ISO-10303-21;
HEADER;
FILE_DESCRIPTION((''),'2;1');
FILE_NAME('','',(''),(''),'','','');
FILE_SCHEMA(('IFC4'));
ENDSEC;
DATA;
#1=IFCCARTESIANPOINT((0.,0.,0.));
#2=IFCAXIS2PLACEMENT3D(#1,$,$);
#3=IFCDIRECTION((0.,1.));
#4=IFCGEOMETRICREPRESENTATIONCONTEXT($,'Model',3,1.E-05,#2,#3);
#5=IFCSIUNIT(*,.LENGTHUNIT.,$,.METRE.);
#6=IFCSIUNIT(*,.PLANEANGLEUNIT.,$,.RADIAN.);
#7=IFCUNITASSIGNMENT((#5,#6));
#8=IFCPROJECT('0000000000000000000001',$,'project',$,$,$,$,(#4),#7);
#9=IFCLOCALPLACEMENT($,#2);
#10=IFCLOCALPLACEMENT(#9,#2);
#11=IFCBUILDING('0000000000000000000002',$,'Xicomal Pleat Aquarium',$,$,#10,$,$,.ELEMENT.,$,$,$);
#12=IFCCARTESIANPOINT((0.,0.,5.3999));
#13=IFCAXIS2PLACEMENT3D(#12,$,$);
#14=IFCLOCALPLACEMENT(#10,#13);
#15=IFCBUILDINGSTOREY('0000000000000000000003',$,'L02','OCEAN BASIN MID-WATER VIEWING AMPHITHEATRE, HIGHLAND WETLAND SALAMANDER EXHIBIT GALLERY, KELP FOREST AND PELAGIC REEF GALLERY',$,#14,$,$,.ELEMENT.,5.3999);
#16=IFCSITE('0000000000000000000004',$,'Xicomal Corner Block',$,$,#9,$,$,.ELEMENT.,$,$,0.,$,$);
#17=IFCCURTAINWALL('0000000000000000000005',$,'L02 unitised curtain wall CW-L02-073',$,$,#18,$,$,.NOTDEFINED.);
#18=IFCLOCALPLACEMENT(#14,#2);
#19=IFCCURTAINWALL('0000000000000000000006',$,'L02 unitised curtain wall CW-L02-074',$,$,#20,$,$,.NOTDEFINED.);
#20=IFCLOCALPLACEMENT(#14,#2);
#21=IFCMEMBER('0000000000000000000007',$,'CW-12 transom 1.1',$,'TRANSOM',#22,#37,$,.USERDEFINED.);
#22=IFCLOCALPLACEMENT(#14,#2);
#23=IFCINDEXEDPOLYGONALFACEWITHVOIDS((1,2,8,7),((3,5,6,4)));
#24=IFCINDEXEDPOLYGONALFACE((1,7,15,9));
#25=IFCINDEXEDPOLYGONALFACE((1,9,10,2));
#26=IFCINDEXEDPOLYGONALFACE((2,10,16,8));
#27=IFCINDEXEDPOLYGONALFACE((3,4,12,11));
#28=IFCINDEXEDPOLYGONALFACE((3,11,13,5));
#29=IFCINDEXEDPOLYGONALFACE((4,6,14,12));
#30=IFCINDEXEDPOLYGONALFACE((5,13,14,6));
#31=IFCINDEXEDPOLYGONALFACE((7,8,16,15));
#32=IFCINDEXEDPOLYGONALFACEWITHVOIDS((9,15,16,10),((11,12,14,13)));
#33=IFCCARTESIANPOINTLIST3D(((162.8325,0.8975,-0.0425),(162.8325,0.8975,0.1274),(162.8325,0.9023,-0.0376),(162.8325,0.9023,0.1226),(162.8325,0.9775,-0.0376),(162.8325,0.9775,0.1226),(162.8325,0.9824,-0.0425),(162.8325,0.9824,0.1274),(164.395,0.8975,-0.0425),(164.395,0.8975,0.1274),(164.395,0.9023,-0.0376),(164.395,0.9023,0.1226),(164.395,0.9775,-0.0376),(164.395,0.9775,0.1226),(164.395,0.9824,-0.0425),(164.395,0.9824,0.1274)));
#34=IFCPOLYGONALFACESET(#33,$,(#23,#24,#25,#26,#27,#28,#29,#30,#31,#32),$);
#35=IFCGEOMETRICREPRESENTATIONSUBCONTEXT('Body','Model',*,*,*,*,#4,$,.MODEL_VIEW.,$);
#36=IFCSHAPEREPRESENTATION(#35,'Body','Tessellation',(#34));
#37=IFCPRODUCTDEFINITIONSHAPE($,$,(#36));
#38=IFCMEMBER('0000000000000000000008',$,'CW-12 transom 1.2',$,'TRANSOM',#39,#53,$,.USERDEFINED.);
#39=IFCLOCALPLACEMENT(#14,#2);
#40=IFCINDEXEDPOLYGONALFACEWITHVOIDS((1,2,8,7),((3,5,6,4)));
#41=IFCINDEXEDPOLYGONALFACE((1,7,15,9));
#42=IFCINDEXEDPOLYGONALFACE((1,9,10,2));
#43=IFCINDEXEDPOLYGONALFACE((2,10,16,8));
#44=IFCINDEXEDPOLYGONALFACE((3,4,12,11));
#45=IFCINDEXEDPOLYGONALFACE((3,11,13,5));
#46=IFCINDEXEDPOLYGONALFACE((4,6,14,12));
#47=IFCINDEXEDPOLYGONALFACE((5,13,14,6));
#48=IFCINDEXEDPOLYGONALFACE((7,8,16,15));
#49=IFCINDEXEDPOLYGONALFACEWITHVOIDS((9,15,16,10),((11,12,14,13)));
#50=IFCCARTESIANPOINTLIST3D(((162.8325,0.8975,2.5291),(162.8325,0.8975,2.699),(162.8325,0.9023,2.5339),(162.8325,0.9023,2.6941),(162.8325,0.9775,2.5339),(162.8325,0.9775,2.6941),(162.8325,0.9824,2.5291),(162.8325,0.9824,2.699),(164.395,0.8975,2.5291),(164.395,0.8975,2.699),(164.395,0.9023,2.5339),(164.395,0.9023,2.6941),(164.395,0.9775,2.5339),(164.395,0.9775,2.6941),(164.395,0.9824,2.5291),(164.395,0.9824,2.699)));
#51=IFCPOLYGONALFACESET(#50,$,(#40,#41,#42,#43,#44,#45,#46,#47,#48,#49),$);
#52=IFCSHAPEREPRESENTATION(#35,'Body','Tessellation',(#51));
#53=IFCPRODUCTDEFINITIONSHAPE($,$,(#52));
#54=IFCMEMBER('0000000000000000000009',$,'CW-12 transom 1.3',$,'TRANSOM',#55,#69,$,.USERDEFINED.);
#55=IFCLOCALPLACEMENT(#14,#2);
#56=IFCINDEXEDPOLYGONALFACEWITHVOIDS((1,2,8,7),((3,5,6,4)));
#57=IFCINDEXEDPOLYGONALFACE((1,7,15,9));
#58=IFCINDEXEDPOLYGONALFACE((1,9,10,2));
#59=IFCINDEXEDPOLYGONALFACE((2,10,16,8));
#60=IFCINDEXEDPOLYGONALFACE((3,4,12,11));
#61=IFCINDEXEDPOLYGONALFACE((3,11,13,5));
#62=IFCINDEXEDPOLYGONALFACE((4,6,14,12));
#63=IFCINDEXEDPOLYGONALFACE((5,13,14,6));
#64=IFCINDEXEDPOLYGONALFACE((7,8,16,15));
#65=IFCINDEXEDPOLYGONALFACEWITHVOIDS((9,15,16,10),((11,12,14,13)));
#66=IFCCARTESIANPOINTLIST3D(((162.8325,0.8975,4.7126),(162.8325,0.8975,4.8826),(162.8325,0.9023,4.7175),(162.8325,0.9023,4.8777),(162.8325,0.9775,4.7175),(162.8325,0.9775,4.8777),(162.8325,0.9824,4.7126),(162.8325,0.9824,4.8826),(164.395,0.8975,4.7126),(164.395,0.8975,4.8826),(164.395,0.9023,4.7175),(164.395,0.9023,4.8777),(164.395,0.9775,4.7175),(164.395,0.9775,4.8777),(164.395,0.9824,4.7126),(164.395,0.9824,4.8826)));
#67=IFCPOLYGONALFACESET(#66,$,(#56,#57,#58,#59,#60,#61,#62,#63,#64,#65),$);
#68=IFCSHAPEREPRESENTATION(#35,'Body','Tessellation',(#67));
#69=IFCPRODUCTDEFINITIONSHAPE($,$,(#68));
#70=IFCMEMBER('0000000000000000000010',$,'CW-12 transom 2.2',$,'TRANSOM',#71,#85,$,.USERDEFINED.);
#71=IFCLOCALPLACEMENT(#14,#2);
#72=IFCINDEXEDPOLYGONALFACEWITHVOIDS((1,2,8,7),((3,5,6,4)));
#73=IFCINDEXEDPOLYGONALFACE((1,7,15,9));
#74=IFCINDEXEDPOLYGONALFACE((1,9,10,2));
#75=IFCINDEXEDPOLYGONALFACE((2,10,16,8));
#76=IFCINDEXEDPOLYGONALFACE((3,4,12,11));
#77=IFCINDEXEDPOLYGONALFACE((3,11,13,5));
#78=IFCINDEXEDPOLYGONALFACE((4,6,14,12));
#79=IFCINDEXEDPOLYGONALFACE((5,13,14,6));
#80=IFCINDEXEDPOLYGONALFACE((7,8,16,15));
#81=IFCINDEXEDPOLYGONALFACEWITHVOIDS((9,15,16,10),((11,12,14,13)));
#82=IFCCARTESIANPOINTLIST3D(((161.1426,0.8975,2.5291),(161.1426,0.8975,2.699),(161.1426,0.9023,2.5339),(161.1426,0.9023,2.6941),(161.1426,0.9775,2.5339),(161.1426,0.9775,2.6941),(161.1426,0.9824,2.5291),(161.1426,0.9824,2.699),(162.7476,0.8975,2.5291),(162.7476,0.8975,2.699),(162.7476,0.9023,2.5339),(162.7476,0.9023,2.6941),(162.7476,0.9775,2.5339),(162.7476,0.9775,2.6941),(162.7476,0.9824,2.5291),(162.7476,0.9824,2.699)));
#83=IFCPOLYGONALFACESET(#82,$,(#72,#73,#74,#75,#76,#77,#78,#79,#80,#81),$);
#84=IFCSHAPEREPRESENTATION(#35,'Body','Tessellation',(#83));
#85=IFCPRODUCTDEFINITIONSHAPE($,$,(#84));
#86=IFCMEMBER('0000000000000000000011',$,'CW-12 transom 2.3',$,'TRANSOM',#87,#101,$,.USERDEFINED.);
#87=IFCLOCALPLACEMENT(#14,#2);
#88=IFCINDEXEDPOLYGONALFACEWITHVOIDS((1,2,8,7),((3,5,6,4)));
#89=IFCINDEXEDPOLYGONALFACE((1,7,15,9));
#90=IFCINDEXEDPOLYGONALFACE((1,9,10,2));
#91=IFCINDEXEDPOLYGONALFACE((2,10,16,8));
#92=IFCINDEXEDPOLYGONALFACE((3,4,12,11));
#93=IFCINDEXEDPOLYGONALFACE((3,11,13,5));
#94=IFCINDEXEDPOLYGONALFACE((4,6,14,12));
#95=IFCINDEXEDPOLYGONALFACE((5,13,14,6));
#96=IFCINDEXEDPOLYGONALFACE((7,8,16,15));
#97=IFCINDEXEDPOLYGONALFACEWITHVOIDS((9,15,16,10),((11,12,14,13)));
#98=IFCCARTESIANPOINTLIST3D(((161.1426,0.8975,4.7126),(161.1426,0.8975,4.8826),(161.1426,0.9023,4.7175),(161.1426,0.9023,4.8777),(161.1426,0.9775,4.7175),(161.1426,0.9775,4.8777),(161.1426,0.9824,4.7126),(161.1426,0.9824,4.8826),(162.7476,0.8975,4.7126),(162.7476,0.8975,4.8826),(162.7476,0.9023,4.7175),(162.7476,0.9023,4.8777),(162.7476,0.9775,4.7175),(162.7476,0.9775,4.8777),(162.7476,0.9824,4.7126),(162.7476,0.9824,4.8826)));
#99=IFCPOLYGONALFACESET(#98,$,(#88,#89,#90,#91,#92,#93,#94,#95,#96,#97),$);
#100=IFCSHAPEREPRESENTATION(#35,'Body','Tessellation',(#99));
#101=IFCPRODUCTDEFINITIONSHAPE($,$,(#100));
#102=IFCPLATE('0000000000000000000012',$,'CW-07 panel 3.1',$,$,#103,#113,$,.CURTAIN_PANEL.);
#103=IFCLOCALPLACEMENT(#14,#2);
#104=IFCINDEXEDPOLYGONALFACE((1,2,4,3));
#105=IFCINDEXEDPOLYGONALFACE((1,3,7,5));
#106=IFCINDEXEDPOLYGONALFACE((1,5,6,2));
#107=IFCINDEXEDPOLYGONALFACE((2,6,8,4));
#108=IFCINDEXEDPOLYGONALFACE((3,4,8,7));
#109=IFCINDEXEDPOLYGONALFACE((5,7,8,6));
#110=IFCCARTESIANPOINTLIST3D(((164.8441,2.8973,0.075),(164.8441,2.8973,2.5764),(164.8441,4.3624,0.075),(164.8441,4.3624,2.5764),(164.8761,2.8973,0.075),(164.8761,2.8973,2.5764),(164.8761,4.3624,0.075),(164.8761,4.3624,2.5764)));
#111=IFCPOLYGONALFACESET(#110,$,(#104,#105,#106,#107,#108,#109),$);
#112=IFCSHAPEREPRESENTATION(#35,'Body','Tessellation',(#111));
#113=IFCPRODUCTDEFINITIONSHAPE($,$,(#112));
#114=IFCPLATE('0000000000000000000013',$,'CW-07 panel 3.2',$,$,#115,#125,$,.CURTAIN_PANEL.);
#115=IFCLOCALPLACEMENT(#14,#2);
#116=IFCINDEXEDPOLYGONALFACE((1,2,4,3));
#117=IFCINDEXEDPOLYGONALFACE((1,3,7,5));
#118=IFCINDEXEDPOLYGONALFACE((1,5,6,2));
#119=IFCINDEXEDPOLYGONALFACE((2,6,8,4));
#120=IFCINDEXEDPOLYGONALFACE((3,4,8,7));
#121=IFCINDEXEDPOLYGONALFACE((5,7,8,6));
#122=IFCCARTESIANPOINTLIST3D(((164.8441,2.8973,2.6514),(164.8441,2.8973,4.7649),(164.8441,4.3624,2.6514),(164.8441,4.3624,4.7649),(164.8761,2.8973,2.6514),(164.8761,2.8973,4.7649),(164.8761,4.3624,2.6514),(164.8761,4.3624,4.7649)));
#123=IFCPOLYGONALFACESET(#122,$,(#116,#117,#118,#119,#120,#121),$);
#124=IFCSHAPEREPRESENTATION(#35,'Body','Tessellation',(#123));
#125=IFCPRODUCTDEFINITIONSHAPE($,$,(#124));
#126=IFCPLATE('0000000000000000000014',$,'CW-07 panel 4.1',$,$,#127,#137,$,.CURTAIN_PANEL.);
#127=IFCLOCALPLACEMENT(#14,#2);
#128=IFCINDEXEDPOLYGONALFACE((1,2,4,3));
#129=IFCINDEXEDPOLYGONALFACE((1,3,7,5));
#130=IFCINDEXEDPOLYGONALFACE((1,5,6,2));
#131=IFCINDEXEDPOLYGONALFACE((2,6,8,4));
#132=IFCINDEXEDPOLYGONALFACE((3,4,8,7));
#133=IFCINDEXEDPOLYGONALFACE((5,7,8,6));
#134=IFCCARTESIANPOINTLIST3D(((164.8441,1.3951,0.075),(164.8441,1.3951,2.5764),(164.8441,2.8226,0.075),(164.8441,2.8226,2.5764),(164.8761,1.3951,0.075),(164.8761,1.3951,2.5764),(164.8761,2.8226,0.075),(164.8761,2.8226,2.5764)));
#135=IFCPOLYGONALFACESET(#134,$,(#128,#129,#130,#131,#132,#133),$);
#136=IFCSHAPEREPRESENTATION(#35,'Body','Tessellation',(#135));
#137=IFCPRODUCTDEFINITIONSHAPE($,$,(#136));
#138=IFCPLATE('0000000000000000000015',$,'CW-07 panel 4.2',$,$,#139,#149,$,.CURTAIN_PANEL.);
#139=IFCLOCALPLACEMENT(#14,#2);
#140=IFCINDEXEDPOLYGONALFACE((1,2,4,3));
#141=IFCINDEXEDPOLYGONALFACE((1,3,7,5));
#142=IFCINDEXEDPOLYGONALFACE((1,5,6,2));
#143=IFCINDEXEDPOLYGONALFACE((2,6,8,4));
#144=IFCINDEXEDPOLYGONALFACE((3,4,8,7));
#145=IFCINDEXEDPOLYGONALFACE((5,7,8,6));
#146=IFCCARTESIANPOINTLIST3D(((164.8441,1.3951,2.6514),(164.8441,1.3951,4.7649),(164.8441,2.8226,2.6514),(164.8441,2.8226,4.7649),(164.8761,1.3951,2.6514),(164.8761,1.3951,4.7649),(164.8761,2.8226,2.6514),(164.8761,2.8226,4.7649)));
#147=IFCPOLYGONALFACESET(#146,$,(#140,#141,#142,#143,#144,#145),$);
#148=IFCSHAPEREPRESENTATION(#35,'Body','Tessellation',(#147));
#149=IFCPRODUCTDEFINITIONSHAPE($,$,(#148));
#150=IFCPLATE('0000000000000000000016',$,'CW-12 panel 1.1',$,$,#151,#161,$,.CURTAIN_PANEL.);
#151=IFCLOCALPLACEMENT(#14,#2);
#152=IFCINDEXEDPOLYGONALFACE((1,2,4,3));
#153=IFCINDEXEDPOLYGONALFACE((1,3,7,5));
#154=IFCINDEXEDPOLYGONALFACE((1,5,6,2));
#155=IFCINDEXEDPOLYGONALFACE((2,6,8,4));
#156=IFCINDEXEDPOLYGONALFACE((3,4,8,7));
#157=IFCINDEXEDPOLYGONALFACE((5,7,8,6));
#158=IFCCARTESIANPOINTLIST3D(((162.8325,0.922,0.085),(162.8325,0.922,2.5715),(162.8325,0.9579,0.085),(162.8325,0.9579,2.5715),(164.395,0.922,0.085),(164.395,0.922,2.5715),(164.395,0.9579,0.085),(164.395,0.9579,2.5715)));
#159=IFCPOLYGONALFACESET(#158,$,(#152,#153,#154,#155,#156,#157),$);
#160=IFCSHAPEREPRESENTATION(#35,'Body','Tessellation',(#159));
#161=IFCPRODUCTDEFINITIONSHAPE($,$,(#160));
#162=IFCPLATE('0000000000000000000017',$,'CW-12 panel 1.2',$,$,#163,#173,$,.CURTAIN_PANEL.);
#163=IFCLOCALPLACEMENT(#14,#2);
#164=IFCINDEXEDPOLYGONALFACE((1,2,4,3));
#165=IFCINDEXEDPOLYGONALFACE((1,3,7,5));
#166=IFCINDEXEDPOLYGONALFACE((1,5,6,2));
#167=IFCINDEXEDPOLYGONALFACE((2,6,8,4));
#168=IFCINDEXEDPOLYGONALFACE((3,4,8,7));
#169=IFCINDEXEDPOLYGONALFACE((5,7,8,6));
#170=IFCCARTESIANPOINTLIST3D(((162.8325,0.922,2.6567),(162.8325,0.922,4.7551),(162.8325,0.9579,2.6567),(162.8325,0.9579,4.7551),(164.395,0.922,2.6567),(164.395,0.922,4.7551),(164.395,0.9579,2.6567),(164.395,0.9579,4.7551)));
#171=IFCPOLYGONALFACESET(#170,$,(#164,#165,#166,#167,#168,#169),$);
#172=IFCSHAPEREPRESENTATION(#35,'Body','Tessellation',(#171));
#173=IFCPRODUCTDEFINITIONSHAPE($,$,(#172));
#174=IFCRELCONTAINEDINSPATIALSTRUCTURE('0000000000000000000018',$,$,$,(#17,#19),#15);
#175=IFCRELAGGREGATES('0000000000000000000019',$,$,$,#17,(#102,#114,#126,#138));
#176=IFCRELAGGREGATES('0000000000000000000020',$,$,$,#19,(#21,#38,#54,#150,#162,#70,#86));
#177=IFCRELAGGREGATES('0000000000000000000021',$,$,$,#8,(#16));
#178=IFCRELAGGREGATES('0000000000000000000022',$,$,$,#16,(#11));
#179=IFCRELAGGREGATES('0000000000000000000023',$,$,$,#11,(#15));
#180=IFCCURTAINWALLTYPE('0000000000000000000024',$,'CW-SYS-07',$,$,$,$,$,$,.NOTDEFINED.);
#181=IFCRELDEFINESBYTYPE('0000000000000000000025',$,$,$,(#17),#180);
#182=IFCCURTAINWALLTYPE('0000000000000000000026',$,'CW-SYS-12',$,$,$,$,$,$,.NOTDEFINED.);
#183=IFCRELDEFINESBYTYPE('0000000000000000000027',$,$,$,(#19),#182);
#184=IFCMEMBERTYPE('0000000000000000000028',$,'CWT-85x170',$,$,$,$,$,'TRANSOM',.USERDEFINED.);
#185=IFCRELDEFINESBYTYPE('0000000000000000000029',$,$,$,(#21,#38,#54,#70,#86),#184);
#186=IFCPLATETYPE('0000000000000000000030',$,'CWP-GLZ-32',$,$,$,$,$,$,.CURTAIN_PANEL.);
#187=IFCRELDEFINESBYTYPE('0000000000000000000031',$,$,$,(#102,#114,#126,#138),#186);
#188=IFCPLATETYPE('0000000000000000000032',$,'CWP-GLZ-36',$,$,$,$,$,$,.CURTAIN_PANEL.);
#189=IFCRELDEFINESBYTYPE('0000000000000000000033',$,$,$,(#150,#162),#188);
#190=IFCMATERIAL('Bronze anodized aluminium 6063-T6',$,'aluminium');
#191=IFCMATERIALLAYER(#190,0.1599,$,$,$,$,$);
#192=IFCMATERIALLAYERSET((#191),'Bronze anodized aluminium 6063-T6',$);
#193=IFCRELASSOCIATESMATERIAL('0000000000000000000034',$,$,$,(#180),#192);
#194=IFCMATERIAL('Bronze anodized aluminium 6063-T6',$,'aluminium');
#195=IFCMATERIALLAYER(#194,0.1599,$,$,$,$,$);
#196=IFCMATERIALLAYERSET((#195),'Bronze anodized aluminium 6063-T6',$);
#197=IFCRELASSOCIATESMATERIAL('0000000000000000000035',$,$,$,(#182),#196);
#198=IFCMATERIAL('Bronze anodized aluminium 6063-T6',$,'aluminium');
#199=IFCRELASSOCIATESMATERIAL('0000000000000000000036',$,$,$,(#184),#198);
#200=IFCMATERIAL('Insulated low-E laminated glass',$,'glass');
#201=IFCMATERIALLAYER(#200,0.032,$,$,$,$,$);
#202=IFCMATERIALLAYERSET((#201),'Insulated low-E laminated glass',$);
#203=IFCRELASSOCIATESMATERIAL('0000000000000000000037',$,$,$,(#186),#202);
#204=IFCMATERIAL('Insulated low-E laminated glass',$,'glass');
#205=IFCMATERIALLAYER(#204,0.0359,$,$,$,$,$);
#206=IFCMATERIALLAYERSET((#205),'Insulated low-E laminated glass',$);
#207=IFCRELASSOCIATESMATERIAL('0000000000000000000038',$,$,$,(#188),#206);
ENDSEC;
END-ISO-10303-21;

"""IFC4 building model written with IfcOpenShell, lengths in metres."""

from ifc_helpers import new_model, si_unit, direction, frame, origin, origin_2d, place, context, subcontext, project, spatial, rectangle, hollow_rectangle, extrude, material, layer, layer_set, material_profile, profile_set, type_object, element, aggregate, save


model = new_model("IFC4")

# Units and contexts
model_context = context("Model", 3, precision=1e-05, world=origin(), true_north=direction((0.0, 1.0)))
body_context = subcontext(model_context, "Body", "Model", "MODEL_VIEW")
ifc_project = project(units=[si_unit("LENGTHUNIT", "METRE"), si_unit("PLANEANGLEUNIT", "RADIAN")], contexts=[model_context])

# Site, building, storey
site_placement = place(None, origin())
site = spatial("IfcSite", under=ifc_project, at=site_placement, Name="Xicomal Corner Block", CompositionType="ELEMENT", RefElevation=0.0)
building_placement = place(site_placement, origin())
building = spatial("IfcBuilding", under=site, at=building_placement, Name="Xicomal Pleat Aquarium", CompositionType="ELEMENT")
storey_placement = place(building_placement, frame((0.0, 0.0, 5.3999)))
storey = spatial("IfcBuildingStorey", under=building, at=storey_placement, Name="L02", Description="OCEAN BASIN MID-WATER VIEWING AMPHITHEATRE, HIGHLAND WETLAND SALAMANDER EXHIBIT GALLERY, KELP FOREST AND PELAGIC REEF GALLERY", CompositionType="ELEMENT", Elevation=5.3999)

# Curtain walls
ifc_material_1 = material(Name="Bronze anodized aluminium 6063-T6", Category="aluminium")
ifc_layer_1 = layer(ifc_material_1, 0.1599)
ifc_layer_set_1 = layer_set([ifc_layer_1], Name="Bronze anodized aluminium 6063-T6")
curtain_wall_type_1 = type_object("IfcCurtainWallType", Name="CW-SYS-07", PredefinedType="NOTDEFINED", material=ifc_layer_set_1)
curtain_wall_1_placement = place(storey_placement, origin())
curtain_wall_1 = element("IfcCurtainWall", 1, at=curtain_wall_1_placement, inside=storey, type_object=curtain_wall_type_1, Name="L02 unitised curtain wall CW-L02-073", PredefinedType="NOTDEFINED")
ifc_material_2 = material(Name="Bronze anodized aluminium 6063-T6", Category="aluminium")
ifc_layer_2 = layer(ifc_material_2, 0.1599)
ifc_layer_set_2 = layer_set([ifc_layer_2], Name="Bronze anodized aluminium 6063-T6")
curtain_wall_type_2 = type_object("IfcCurtainWallType", Name="CW-SYS-12", PredefinedType="NOTDEFINED", material=ifc_layer_set_2)
curtain_wall_2_placement = place(storey_placement, origin())
curtain_wall_2 = element("IfcCurtainWall", 2, at=curtain_wall_2_placement, inside=storey, type_object=curtain_wall_type_2, Name="L02 unitised curtain wall CW-L02-074", PredefinedType="NOTDEFINED")

# Members
ifc_material_3 = material(Name="Bronze anodized aluminium 6063-T6", Category="aluminium")
ifc_material_profile_1 = material_profile(ifc_material_3, hollow_rectangle(XDim=0.085, YDim=0.1699, WallThickness=0.0049, at=origin_2d()), Name="ALU TRAN 85x170")
ifc_profile_set_1 = profile_set([ifc_material_profile_1], Name="Bronze anodized aluminium 6063-T6")
member_type_1 = type_object("IfcMemberType", Name="CWT-85x170", ElementType="TRANSOM", PredefinedType="USERDEFINED", material=ifc_profile_set_1)
member_1_placement = place(storey_placement, frame((164.395, 0.9399, 0.0425), z_axis=(-1.0, 0.0, 0.0), x_axis=(0.0, -1.0, 0.0)))
member_1 = element("IfcMember", 3, at=member_1_placement, type_object=member_type_1, Name="CW-12 transom 1.1", ObjectType="TRANSOM", PredefinedType="USERDEFINED", context=body_context, shape_type="SweptSolid", body=[
    extrude(hollow_rectangle(XDim=0.085, YDim=0.1699, WallThickness=0.0049, at=origin_2d()), origin(), (0.0, 0.0, 1.0), 1.5625),
])
member_2_placement = place(storey_placement, frame((164.395, 0.9399, 2.614), z_axis=(-1.0, 0.0, 0.0), x_axis=(0.0, -1.0, 0.0)))
member_2 = element("IfcMember", 4, at=member_2_placement, type_object=member_type_1, Name="CW-12 transom 1.2", ObjectType="TRANSOM", PredefinedType="USERDEFINED", context=body_context, shape_type="SweptSolid", body=[
    extrude(hollow_rectangle(XDim=0.085, YDim=0.1699, WallThickness=0.0049, at=origin_2d()), origin(), (0.0, 0.0, 1.0), 1.5625),
])
member_3_placement = place(storey_placement, frame((164.395, 0.9399, 4.7976), z_axis=(-1.0, 0.0, 0.0), x_axis=(0.0, -1.0, 0.0)))
member_3 = element("IfcMember", 5, at=member_3_placement, type_object=member_type_1, Name="CW-12 transom 1.3", ObjectType="TRANSOM", PredefinedType="USERDEFINED", context=body_context, shape_type="SweptSolid", body=[
    extrude(hollow_rectangle(XDim=0.085, YDim=0.1699, WallThickness=0.0049, at=origin_2d()), origin(), (0.0, 0.0, 1.0), 1.5625),
])
member_4_placement = place(storey_placement, frame((162.7476, 0.9399, 2.614), z_axis=(-1.0, 0.0, 0.0), x_axis=(0.0, -1.0, 0.0)))
member_4 = element("IfcMember", 6, at=member_4_placement, type_object=member_type_1, Name="CW-12 transom 2.2", ObjectType="TRANSOM", PredefinedType="USERDEFINED", context=body_context, shape_type="SweptSolid", body=[
    extrude(hollow_rectangle(XDim=0.085, YDim=0.1699, WallThickness=0.0049, at=origin_2d()), origin(), (0.0, 0.0, 1.0), 1.605),
])
member_5_placement = place(storey_placement, frame((162.7476, 0.9399, 4.7976), z_axis=(-1.0, 0.0, 0.0), x_axis=(0.0, -1.0, 0.0)))
member_5 = element("IfcMember", 7, at=member_5_placement, type_object=member_type_1, Name="CW-12 transom 2.3", ObjectType="TRANSOM", PredefinedType="USERDEFINED", context=body_context, shape_type="SweptSolid", body=[
    extrude(hollow_rectangle(XDim=0.085, YDim=0.1699, WallThickness=0.0049, at=origin_2d()), origin(), (0.0, 0.0, 1.0), 1.605),
])

# Plates
ifc_material_4 = material(Name="Insulated low-E laminated glass", Category="glass")
ifc_layer_3 = layer(ifc_material_4, 0.032)
ifc_layer_set_3 = layer_set([ifc_layer_3], Name="Insulated low-E laminated glass")
plate_type_1 = type_object("IfcPlateType", Name="CWP-GLZ-32", PredefinedType="CURTAIN_PANEL", material=ifc_layer_set_3)
plate_1_placement = place(storey_placement, frame((164.8601, 3.6299, 0.075), z_axis=(0.0, 0.0, 1.0), x_axis=(0.0, -1.0, 0.0)))
plate_1 = element("IfcPlate", 8, at=plate_1_placement, type_object=plate_type_1, Name="CW-07 panel 3.1", PredefinedType="CURTAIN_PANEL", context=body_context, shape_type="SweptSolid", body=[
    extrude(rectangle(XDim=1.4651, YDim=0.032, at=origin_2d()), origin(), (0.0, 0.0, 1.0), 2.5015),
])
plate_2_placement = place(storey_placement, frame((164.8601, 3.6299, 2.6514), z_axis=(0.0, 0.0, 1.0), x_axis=(0.0, -1.0, 0.0)))
plate_2 = element("IfcPlate", 9, at=plate_2_placement, type_object=plate_type_1, Name="CW-07 panel 3.2", PredefinedType="CURTAIN_PANEL", context=body_context, shape_type="SweptSolid", body=[
    extrude(rectangle(XDim=1.4651, YDim=0.032, at=origin_2d()), origin(), (0.0, 0.0, 1.0), 2.1135),
])
plate_3_placement = place(storey_placement, frame((164.8601, 2.1089, 0.075), z_axis=(0.0, 0.0, 1.0), x_axis=(0.0, -1.0, 0.0)))
plate_3 = element("IfcPlate", 10, at=plate_3_placement, type_object=plate_type_1, Name="CW-07 panel 4.1", PredefinedType="CURTAIN_PANEL", context=body_context, shape_type="SweptSolid", body=[
    extrude(rectangle(XDim=1.4275, YDim=0.032, at=origin_2d()), origin(), (0.0, 0.0, 1.0), 2.5015),
])
plate_4_placement = place(storey_placement, frame((164.8601, 2.1089, 2.6514), z_axis=(0.0, 0.0, 1.0), x_axis=(0.0, -1.0, 0.0)))
plate_4 = element("IfcPlate", 11, at=plate_4_placement, type_object=plate_type_1, Name="CW-07 panel 4.2", PredefinedType="CURTAIN_PANEL", context=body_context, shape_type="SweptSolid", body=[
    extrude(rectangle(XDim=1.4275, YDim=0.032, at=origin_2d()), origin(), (0.0, 0.0, 1.0), 2.1135),
])
aggregate(curtain_wall_1, [plate_1, plate_2, plate_3, plate_4])
ifc_material_5 = material(Name="Insulated low-E laminated glass", Category="glass")
ifc_layer_4 = layer(ifc_material_5, 0.0359)
ifc_layer_set_4 = layer_set([ifc_layer_4], Name="Insulated low-E laminated glass")
plate_type_2 = type_object("IfcPlateType", Name="CWP-GLZ-36", PredefinedType="CURTAIN_PANEL", material=ifc_layer_set_4)
plate_5_placement = place(storey_placement, frame((163.6138, 0.9399, 0.085), z_axis=(0.0, 0.0, 1.0), x_axis=(-1.0, 0.0, 0.0)))
plate_5 = element("IfcPlate", 12, at=plate_5_placement, type_object=plate_type_2, Name="CW-12 panel 1.1", PredefinedType="CURTAIN_PANEL", context=body_context, shape_type="SweptSolid", body=[
    extrude(rectangle(XDim=1.5625, YDim=0.0359, at=origin_2d()), origin(), (0.0, 0.0, 1.0), 2.4866),
])
plate_6_placement = place(storey_placement, frame((163.6138, 0.9399, 2.6567), z_axis=(0.0, 0.0, 1.0), x_axis=(-1.0, 0.0, 0.0)))
plate_6 = element("IfcPlate", 13, at=plate_6_placement, type_object=plate_type_2, Name="CW-12 panel 1.2", PredefinedType="CURTAIN_PANEL", context=body_context, shape_type="SweptSolid", body=[
    extrude(rectangle(XDim=1.5625, YDim=0.0359, at=origin_2d()), origin(), (0.0, 0.0, 1.0), 2.0984),
])
aggregate(curtain_wall_2, [member_1, member_2, member_3, plate_5, plate_6, member_4, member_5])

save(model, "model.ifc")
